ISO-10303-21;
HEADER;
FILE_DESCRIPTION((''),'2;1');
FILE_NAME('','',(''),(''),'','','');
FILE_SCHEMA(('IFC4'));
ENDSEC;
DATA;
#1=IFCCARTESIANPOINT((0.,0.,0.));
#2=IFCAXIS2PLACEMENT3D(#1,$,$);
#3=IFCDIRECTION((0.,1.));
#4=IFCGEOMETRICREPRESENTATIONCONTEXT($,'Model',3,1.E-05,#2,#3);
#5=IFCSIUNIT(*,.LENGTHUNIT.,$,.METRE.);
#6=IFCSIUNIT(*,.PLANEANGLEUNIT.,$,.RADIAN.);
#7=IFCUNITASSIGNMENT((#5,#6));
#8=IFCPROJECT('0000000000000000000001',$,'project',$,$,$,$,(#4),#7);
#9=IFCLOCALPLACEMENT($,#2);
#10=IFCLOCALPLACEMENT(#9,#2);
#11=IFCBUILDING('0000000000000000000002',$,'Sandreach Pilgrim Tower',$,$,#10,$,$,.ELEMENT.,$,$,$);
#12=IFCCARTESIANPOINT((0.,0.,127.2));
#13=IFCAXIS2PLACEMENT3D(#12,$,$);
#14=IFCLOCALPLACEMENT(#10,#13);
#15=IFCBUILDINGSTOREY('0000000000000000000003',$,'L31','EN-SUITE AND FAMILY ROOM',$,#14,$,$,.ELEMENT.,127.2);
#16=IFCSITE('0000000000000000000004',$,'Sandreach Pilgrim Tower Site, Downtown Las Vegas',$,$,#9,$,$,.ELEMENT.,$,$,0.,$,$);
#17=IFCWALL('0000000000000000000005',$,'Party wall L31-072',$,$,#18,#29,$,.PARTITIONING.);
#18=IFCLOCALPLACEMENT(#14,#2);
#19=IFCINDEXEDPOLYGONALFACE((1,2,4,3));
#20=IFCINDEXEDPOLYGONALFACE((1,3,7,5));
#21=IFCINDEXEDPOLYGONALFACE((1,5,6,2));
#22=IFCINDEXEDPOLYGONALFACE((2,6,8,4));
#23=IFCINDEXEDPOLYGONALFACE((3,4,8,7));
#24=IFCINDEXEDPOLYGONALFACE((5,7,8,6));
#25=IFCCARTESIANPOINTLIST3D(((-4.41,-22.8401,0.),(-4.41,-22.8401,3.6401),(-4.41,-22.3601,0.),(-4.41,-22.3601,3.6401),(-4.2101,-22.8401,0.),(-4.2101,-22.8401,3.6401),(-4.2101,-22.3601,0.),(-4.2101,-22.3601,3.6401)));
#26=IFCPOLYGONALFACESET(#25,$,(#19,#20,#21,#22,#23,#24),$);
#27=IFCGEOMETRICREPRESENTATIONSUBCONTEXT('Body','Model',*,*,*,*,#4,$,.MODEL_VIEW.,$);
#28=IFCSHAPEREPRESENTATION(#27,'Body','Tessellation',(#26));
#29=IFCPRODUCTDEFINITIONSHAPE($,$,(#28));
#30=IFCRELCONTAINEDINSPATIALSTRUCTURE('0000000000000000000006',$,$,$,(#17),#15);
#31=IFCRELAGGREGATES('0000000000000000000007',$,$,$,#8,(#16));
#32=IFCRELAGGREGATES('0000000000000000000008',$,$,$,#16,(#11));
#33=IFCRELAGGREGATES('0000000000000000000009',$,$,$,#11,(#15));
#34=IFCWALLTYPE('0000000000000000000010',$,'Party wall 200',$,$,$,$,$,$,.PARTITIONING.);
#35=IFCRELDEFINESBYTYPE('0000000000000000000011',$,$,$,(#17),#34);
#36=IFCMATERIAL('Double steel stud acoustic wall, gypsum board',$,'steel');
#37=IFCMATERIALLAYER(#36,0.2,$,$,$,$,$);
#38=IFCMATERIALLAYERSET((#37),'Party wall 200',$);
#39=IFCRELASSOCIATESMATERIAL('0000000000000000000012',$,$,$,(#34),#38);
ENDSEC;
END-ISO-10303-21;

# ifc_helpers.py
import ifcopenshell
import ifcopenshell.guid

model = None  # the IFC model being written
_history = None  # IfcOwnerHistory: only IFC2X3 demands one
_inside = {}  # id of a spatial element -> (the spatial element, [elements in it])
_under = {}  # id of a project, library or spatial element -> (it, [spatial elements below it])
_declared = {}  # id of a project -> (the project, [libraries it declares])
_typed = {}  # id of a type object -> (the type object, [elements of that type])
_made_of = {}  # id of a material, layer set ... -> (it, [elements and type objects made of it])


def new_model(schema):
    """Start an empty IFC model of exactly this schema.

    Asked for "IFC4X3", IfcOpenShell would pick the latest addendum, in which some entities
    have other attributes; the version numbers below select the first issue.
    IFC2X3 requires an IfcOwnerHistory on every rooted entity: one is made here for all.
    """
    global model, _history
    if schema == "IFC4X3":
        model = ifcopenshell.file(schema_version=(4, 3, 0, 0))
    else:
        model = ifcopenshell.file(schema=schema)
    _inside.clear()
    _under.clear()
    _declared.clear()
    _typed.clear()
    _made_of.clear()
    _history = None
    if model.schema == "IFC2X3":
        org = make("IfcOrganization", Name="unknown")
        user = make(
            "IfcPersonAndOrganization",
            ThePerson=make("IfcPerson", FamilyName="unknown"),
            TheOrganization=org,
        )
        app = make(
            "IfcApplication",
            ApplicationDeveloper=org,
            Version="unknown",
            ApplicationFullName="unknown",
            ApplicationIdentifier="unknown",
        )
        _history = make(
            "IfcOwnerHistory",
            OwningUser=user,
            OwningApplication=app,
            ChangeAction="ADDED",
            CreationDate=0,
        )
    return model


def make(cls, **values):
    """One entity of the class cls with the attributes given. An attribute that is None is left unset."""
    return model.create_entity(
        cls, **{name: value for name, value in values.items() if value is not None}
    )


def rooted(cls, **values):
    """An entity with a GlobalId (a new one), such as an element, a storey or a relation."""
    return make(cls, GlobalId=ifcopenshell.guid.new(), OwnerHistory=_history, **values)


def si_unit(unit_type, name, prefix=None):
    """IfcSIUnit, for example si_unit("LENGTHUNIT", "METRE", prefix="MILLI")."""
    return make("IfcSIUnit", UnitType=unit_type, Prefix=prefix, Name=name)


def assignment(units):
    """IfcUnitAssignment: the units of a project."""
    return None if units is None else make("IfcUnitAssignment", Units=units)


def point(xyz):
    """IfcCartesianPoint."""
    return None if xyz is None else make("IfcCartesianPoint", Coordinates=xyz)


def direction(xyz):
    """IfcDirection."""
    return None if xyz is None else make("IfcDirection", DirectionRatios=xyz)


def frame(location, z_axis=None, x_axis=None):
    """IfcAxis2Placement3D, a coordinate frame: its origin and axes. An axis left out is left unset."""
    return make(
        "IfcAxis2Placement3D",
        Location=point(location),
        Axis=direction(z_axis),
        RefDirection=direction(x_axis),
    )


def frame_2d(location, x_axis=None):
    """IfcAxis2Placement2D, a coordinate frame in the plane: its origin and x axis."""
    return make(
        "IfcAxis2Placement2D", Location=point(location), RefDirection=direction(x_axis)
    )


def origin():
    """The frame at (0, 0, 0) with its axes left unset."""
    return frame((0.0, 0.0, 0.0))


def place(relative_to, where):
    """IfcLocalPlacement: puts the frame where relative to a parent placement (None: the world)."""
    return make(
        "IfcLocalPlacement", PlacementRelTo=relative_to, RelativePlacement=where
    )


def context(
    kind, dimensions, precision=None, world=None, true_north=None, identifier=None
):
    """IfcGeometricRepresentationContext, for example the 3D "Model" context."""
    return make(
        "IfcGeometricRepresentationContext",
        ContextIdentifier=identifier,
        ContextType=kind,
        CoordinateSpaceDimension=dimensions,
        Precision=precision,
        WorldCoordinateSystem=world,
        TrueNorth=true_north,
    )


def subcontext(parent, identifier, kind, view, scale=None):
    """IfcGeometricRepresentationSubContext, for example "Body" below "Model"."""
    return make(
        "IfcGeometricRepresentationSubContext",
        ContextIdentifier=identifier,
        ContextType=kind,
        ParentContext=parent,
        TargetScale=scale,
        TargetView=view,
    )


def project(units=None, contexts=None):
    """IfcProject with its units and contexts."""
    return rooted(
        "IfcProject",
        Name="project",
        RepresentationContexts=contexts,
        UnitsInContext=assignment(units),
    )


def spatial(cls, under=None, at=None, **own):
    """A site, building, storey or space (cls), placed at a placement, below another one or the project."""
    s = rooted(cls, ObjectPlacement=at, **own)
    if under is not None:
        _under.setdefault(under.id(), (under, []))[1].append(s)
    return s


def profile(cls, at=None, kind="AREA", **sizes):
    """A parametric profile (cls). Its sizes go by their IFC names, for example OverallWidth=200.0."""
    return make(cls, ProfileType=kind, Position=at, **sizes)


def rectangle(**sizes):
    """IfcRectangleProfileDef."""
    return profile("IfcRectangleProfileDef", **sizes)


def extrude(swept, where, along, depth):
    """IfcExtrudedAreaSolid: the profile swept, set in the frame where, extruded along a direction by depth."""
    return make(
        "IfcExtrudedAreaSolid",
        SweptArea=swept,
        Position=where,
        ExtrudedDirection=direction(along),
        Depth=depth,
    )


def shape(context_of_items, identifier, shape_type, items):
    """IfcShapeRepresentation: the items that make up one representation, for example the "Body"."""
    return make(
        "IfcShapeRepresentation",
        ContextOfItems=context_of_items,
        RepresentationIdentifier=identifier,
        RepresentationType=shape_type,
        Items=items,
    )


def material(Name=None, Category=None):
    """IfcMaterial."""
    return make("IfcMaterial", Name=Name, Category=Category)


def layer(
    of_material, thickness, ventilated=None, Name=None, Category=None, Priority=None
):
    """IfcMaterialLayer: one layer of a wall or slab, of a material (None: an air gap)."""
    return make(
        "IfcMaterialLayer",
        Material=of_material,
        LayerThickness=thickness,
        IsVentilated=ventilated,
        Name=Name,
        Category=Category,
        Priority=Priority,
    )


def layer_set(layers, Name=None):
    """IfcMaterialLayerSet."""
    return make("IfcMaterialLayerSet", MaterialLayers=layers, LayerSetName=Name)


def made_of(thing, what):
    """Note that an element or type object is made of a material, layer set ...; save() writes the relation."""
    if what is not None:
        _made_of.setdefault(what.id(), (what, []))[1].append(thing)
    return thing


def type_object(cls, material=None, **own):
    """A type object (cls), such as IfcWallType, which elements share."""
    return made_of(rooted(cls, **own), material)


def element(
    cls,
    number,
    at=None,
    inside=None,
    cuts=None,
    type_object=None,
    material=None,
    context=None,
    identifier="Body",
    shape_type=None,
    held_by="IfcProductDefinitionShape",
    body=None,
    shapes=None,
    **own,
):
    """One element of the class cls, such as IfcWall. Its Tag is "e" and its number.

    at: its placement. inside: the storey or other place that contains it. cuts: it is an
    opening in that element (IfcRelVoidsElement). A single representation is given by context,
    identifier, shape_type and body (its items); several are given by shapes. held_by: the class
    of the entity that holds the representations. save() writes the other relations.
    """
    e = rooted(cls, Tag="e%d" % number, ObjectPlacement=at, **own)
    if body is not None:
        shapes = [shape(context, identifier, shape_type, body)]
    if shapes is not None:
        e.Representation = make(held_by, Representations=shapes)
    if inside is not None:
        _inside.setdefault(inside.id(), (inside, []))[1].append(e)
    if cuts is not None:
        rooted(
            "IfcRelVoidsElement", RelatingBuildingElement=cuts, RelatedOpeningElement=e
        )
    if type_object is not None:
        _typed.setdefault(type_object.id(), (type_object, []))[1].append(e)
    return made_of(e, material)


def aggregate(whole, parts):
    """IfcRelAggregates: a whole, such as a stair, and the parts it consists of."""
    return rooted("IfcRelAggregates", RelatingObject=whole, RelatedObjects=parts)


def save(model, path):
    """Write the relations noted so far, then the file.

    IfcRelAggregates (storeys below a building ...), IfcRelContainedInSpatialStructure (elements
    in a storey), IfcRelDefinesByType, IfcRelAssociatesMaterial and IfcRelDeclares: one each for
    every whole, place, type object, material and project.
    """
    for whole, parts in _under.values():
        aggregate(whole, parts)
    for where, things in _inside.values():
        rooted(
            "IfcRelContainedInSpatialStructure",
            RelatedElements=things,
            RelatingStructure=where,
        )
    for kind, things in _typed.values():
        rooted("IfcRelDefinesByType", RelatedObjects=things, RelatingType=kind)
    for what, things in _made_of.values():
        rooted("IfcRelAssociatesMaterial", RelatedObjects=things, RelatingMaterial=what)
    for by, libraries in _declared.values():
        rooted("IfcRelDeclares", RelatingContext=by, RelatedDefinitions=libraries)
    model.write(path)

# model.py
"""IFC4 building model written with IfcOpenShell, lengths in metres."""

from ifc_helpers import new_model, si_unit, direction, frame, frame_2d, origin, place, context, subcontext, project, spatial, rectangle, extrude, material, layer, layer_set, type_object, element, save


model = new_model("IFC4")

# Units and contexts
model_context = context("Model", 3, precision=1e-05, world=origin(), true_north=direction((0.0, 1.0)))
body_context = subcontext(model_context, "Body", "Model", "MODEL_VIEW")
ifc_project = project(units=[si_unit("LENGTHUNIT", "METRE"), si_unit("PLANEANGLEUNIT", "RADIAN")], contexts=[model_context])

# Site, building, storey
site_placement = place(None, origin())
site = spatial("IfcSite", under=ifc_project, at=site_placement, Name="Sandreach Pilgrim Tower Site, Downtown Las Vegas", CompositionType="ELEMENT", RefElevation=0.0)
building_placement = place(site_placement, origin())
building = spatial("IfcBuilding", under=site, at=building_placement, Name="Sandreach Pilgrim Tower", CompositionType="ELEMENT")
storey_placement = place(building_placement, frame((0.0, 0.0, 127.2)))
storey = spatial("IfcBuildingStorey", under=building, at=storey_placement, Name="L31", Description="EN-SUITE AND FAMILY ROOM", CompositionType="ELEMENT", Elevation=127.2)

# Wall
ifc_material_1 = material(Name="Double steel stud acoustic wall, gypsum board", Category="steel")
ifc_layer_1 = layer(ifc_material_1, 0.2)
ifc_layer_set_1 = layer_set([ifc_layer_1], Name="Party wall 200")
wall_type_1 = type_object("IfcWallType", Name="Party wall 200", PredefinedType="PARTITIONING", material=ifc_layer_set_1)
wall_1_placement = place(storey_placement, frame((-4.3101, -22.8401, 0.0), z_axis=(0.0, 0.0, 1.0), x_axis=(0.0, 1.0, 0.0)))
element("IfcWall", 1, at=wall_1_placement, inside=storey, type_object=wall_type_1, Name="Party wall L31-072", PredefinedType="PARTITIONING", context=body_context, shape_type="SweptSolid", body=[
    extrude(rectangle(XDim=0.48, YDim=0.2, at=frame_2d((0.24, 0.0))), origin(), (0.0, 0.0, 1.0), 3.6401),
])

save(model, "model.ifc")
